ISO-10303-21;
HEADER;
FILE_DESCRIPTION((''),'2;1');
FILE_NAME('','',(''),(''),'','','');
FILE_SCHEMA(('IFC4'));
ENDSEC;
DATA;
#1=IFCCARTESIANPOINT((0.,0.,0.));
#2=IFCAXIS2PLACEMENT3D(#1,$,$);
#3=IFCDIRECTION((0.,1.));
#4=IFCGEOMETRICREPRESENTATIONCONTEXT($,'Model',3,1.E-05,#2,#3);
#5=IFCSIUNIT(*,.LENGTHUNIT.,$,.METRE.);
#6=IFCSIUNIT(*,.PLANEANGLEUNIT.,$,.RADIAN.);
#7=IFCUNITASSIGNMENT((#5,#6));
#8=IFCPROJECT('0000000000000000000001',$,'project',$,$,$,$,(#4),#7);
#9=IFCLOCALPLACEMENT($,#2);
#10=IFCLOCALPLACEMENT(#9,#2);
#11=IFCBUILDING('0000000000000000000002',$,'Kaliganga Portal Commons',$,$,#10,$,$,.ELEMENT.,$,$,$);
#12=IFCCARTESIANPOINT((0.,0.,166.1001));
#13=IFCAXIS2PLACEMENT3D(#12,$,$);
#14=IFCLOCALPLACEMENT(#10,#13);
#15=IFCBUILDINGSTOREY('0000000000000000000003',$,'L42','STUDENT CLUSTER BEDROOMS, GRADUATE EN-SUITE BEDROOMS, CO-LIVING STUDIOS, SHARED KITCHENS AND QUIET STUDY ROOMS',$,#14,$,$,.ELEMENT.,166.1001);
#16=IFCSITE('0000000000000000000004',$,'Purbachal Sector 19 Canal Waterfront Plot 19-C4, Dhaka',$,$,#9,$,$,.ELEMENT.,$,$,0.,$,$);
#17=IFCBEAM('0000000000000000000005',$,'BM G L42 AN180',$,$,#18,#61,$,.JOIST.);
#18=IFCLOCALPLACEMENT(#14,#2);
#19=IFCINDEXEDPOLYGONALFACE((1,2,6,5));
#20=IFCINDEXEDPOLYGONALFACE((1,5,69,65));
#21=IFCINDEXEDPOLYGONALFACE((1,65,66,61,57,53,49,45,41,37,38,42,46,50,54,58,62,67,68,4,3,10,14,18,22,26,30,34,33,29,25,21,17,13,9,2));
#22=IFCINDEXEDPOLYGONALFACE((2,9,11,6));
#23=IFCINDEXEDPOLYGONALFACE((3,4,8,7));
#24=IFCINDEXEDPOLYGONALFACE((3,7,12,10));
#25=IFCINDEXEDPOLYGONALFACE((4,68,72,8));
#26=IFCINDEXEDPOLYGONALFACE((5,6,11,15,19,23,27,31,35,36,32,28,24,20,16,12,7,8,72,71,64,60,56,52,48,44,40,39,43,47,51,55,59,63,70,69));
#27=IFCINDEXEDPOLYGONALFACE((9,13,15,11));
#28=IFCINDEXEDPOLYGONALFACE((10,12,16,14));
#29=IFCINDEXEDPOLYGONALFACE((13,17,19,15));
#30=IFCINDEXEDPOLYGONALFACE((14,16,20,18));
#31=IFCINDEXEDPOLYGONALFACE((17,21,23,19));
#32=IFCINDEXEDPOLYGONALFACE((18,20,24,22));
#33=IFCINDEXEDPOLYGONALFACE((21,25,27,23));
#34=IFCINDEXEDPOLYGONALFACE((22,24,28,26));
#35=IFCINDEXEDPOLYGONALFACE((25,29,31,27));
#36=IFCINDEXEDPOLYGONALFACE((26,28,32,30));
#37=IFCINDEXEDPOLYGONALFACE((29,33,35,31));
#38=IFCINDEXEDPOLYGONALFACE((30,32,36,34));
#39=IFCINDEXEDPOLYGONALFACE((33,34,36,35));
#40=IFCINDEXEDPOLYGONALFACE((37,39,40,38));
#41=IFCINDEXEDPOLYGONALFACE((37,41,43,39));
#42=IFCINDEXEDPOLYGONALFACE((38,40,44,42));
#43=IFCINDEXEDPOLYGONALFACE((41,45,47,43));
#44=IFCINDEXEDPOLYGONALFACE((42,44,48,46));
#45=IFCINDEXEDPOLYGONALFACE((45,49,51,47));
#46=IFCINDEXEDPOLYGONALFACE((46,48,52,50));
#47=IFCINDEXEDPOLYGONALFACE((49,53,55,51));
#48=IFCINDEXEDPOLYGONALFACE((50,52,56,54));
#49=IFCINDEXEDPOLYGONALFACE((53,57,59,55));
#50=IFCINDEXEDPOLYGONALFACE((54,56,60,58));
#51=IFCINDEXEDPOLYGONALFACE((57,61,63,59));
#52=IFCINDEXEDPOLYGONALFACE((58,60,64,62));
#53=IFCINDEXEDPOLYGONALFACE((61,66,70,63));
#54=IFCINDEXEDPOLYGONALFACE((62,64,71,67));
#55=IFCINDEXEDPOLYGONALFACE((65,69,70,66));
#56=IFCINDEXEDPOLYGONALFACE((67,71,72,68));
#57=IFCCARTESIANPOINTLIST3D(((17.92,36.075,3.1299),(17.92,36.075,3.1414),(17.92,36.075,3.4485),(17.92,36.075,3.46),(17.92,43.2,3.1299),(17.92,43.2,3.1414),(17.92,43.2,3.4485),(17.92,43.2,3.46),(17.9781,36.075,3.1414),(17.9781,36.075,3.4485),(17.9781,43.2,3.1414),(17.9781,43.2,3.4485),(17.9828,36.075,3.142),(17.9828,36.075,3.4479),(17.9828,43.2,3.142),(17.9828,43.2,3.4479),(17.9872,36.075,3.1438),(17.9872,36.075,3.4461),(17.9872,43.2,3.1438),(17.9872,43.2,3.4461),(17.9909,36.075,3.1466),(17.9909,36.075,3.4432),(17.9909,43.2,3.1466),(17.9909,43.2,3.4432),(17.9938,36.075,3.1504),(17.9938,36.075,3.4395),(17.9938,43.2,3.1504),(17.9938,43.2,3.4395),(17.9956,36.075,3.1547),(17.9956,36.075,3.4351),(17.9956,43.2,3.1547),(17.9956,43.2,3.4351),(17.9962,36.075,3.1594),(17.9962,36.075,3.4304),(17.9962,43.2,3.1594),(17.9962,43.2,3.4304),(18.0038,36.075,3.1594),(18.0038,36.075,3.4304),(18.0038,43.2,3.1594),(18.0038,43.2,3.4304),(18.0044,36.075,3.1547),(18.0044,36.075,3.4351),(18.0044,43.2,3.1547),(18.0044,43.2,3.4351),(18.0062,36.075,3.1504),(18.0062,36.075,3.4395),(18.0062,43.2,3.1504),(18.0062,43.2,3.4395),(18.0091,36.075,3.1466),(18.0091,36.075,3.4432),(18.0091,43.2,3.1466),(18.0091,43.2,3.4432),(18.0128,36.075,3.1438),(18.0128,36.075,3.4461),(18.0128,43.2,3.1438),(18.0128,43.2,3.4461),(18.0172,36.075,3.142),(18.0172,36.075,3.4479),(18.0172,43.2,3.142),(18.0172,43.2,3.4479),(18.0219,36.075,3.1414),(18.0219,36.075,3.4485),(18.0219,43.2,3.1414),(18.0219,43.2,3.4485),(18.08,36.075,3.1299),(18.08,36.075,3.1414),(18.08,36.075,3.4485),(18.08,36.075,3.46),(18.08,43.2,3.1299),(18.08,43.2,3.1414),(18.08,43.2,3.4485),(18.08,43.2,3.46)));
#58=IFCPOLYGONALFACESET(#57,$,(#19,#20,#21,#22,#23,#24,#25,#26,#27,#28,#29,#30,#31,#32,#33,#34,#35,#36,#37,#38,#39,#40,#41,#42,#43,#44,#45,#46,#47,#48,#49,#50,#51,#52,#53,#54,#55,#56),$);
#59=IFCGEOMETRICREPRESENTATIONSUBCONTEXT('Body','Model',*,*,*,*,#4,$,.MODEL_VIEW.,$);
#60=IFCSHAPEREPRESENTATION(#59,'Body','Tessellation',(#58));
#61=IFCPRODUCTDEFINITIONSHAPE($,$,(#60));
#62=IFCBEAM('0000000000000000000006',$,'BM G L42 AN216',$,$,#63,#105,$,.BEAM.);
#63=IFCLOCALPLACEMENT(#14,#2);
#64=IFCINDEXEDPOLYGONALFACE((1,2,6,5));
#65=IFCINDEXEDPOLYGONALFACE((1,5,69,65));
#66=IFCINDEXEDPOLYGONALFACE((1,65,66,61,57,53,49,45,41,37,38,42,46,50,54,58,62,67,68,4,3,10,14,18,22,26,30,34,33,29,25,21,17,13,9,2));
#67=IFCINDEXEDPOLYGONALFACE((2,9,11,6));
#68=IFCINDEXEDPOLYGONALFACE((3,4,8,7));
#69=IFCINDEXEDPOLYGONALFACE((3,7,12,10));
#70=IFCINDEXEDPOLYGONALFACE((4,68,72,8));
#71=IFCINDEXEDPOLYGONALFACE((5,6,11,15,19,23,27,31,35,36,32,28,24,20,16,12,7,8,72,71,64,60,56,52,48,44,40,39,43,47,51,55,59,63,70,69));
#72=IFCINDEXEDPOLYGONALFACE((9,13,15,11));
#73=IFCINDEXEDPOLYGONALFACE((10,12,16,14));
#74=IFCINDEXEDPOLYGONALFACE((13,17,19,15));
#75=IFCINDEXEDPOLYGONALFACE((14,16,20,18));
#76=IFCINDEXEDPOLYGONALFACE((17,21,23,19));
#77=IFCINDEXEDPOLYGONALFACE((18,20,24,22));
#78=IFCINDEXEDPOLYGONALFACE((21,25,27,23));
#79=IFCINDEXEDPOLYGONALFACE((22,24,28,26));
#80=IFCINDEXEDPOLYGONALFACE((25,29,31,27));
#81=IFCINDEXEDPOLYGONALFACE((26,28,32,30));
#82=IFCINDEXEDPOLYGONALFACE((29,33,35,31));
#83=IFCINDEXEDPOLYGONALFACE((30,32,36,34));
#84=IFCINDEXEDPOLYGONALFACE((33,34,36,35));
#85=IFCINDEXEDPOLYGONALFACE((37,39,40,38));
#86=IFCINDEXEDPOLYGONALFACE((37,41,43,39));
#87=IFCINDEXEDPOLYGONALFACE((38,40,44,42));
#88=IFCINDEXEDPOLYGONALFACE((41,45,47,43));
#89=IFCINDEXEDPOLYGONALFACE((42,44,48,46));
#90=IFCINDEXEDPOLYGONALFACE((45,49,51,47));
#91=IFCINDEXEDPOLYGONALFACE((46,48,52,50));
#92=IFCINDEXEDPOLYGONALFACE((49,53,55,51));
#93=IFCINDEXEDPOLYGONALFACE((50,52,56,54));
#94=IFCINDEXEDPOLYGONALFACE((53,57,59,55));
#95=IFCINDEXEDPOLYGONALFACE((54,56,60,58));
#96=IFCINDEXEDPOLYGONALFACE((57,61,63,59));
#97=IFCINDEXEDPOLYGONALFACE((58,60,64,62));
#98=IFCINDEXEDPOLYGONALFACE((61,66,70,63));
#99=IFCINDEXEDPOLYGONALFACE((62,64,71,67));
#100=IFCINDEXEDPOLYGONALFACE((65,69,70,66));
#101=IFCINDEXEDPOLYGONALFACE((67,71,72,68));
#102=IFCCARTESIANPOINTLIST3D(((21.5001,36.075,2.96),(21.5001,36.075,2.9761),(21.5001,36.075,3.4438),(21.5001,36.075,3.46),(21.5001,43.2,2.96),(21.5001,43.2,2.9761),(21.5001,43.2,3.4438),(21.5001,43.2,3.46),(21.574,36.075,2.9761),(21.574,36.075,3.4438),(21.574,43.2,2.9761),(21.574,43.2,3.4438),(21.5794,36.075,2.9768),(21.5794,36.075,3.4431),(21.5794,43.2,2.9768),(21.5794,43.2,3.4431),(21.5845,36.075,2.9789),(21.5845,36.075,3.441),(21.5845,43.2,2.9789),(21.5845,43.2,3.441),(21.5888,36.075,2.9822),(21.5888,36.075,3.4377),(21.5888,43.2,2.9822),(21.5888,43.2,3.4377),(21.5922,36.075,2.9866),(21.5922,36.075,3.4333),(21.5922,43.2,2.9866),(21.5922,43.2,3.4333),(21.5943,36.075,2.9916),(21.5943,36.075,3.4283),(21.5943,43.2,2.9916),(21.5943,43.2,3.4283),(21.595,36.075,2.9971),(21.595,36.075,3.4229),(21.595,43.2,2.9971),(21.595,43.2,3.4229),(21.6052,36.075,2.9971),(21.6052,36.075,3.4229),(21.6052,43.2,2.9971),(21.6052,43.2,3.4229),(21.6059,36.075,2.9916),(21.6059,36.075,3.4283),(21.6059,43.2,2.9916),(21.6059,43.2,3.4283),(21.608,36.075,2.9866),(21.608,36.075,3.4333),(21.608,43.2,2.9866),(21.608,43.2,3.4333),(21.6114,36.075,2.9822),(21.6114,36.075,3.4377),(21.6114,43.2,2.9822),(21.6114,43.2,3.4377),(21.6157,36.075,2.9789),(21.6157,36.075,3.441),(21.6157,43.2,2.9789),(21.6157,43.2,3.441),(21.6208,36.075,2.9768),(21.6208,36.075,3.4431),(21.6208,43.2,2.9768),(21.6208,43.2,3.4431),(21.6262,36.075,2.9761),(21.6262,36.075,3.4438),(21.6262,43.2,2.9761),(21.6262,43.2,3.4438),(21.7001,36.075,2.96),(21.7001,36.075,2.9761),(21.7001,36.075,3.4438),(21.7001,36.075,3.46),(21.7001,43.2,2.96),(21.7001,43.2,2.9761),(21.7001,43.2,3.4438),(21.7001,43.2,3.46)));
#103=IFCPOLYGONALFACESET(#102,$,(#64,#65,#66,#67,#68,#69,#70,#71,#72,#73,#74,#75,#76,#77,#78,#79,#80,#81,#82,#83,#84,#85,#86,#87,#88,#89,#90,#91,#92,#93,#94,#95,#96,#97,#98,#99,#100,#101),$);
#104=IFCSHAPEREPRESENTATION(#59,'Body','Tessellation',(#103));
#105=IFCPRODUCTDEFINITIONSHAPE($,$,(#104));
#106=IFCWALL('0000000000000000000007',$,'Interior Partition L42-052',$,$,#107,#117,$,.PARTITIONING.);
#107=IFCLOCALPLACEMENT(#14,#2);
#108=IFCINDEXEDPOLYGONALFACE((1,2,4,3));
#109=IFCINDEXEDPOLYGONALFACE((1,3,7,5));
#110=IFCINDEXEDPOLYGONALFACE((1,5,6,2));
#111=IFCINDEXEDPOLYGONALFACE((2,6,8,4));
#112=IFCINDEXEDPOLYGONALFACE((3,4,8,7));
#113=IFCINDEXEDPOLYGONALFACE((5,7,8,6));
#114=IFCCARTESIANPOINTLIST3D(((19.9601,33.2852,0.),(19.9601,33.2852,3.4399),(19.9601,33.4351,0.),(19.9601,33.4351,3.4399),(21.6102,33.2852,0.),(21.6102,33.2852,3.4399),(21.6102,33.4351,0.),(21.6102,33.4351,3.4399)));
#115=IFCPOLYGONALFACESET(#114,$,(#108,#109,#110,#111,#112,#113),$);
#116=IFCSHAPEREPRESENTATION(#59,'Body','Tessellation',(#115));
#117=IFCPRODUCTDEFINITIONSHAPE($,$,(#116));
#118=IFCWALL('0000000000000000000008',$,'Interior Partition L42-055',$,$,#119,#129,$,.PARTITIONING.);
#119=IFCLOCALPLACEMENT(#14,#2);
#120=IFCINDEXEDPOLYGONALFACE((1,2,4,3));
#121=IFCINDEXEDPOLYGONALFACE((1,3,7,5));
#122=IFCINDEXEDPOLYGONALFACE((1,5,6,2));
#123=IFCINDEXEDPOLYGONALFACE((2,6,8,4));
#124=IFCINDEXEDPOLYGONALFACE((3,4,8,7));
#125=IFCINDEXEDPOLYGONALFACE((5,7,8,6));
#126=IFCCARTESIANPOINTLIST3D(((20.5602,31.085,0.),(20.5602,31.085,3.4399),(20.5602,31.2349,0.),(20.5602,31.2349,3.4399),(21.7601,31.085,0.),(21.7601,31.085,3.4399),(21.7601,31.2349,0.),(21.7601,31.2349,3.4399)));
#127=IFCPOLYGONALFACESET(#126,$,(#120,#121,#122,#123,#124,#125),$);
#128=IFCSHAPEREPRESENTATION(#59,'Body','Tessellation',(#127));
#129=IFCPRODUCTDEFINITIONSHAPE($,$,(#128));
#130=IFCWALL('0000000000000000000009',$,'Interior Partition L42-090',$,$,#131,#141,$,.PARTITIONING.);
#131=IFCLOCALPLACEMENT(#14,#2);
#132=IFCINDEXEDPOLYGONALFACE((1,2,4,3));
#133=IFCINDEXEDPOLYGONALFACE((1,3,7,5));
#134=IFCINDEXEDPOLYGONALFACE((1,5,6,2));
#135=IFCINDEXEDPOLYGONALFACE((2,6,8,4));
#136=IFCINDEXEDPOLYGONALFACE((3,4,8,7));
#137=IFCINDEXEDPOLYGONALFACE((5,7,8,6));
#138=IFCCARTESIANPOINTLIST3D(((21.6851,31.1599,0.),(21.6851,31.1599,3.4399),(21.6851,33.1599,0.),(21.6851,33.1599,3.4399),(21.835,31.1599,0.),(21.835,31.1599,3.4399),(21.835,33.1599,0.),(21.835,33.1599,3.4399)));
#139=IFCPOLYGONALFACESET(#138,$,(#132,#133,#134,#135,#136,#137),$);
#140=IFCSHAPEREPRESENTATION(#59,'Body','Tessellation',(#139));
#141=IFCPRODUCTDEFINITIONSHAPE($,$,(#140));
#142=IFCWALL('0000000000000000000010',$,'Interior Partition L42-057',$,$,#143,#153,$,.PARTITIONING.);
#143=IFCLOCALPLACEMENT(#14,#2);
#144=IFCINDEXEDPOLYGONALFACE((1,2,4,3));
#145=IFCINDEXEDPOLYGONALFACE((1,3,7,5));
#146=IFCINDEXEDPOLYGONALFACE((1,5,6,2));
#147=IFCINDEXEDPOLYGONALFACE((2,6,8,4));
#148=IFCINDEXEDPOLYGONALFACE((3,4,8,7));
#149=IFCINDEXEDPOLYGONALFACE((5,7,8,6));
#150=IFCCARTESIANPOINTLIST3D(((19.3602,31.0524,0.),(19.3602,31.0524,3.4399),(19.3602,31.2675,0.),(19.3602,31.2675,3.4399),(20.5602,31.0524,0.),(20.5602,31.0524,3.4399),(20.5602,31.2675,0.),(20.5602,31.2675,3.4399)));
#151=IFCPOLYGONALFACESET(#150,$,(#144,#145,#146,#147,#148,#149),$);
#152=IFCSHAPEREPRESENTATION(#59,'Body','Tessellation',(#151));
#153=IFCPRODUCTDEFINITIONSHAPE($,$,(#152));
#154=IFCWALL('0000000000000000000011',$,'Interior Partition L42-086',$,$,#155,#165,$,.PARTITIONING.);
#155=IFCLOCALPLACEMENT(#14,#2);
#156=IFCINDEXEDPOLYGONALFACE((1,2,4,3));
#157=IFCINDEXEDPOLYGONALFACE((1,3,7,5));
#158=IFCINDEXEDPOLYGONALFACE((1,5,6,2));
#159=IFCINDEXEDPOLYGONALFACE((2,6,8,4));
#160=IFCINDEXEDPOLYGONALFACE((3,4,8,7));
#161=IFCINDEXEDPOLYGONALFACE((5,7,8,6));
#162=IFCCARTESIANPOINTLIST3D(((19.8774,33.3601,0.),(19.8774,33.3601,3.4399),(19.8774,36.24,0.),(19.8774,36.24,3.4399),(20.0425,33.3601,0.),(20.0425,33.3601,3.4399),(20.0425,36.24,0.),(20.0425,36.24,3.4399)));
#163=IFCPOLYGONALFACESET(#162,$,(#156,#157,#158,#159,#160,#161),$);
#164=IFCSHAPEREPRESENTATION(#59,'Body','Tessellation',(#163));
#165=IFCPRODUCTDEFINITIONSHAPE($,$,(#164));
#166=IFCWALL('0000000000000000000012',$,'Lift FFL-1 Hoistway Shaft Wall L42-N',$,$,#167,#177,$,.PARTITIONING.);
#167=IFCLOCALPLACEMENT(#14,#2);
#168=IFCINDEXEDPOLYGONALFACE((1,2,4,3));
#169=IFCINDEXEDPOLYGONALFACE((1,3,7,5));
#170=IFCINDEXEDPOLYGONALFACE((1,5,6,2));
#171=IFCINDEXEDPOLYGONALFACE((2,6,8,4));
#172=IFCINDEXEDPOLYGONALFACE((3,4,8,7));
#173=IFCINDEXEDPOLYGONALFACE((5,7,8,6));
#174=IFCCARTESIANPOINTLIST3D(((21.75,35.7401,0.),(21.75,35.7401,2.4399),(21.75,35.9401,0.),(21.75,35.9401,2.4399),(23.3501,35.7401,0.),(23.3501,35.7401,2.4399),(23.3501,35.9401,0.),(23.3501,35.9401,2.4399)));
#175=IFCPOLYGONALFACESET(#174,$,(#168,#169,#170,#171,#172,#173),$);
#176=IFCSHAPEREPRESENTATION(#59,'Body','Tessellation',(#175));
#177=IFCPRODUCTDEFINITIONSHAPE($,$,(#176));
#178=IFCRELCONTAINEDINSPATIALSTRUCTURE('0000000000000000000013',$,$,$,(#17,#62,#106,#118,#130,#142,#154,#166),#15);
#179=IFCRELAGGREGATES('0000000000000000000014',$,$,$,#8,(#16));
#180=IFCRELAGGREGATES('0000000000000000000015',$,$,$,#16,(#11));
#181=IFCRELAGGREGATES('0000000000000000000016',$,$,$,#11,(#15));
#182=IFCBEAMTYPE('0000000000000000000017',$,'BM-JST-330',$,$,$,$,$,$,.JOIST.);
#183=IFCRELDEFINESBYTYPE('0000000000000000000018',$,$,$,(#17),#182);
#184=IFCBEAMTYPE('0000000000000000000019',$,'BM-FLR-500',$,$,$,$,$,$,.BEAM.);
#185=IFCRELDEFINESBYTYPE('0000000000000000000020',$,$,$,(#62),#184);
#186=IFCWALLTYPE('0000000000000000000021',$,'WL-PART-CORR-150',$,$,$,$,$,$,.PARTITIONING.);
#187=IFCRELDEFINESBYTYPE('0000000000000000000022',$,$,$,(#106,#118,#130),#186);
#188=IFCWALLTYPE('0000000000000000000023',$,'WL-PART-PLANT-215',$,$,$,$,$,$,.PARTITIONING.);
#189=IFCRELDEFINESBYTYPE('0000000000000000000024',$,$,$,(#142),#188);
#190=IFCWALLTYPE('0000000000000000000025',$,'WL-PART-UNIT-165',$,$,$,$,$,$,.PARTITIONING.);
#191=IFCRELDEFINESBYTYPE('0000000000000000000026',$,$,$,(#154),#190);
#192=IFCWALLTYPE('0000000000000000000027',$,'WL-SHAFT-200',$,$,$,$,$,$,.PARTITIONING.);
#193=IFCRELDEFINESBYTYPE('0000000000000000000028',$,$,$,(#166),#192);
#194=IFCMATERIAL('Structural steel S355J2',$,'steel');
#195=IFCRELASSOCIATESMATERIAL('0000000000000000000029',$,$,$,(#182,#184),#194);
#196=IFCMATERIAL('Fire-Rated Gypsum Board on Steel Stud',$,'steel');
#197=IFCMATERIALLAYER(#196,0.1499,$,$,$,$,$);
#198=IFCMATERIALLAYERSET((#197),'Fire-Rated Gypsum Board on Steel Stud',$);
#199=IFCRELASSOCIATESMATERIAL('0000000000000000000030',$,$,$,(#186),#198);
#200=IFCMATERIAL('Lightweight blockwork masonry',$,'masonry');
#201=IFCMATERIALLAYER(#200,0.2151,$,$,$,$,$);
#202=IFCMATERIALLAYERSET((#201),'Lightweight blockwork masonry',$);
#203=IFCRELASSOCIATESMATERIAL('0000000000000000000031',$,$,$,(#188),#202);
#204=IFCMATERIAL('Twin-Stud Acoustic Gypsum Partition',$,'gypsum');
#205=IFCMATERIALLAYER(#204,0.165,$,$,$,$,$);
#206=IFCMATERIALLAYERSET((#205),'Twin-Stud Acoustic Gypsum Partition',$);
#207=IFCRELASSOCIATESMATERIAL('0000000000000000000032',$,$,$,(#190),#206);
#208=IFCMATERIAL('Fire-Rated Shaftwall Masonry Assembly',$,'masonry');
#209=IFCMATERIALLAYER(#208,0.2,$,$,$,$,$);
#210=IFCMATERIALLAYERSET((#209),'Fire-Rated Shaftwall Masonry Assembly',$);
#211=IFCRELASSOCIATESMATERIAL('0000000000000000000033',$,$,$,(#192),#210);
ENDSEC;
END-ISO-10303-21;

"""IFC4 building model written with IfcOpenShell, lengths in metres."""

from ifc_helpers import new_model, si_unit, direction, frame, frame_2d, origin, origin_2d, place, context, subcontext, project, spatial, rectangle, i_section, extrude, source, transform, mapped, material, layer, layer_set, material_profile, profile_set, type_object, element, save


model = new_model("IFC4")

# Units and contexts
model_context = context("Model", 3, precision=1e-05, world=origin(), true_north=direction((0.0, 1.0)))
body_context = subcontext(model_context, "Body", "Model", "MODEL_VIEW")
ifc_project = project(units=[si_unit("LENGTHUNIT", "METRE"), si_unit("PLANEANGLEUNIT", "RADIAN")], contexts=[model_context])

# Site, building, storey
site_placement = place(None, origin())
site = spatial("IfcSite", under=ifc_project, at=site_placement, Name="Purbachal Sector 19 Canal Waterfront Plot 19-C4, Dhaka", CompositionType="ELEMENT", RefElevation=0.0)
building_placement = place(site_placement, origin())
building = spatial("IfcBuilding", under=site, at=building_placement, Name="Kaliganga Portal Commons", CompositionType="ELEMENT")
storey_placement = place(building_placement, frame((0.0, 0.0, 166.1001)))
storey = spatial("IfcBuildingStorey", under=building, at=storey_placement, Name="L42", Description="STUDENT CLUSTER BEDROOMS, GRADUATE EN-SUITE BEDROOMS, CO-LIVING STUDIOS, SHARED KITCHENS AND QUIET STUDY ROOMS", CompositionType="ELEMENT", Elevation=166.1001)

# Beams
ifc_material_1 = material(Name="Structural steel S355J2", Category="steel")
ifc_material_profile_1 = material_profile(ifc_material_1, i_section(OverallWidth=0.1599, OverallDepth=0.3301, WebThickness=0.0076, FlangeThickness=0.0115, FilletRadius=0.0181, at=origin_2d()), Name="IPE 330")
ifc_profile_set_1 = profile_set([ifc_material_profile_1], Name="Structural steel S355J2 wide-flange")
beam_type_1 = type_object("IfcBeamType", Name="BM-JST-330", PredefinedType="JOIST", material=ifc_profile_set_1)
shared_shape_1 = source(origin(), body_context, "Body", "SweptSolid", [
    extrude(i_section(OverallWidth=0.1599, OverallDepth=0.3301, WebThickness=0.0076, FlangeThickness=0.0115, FilletRadius=0.0181, at=origin_2d()), origin(), (0.0, 0.0, 1.0), 7.125),
])
beam_1_placement = place(storey_placement, frame((18.0, 36.075, 3.2949), z_axis=(0.0, 1.0, 0.0), x_axis=(-1.0, 0.0, 0.0)))
element("IfcBeam", 1, at=beam_1_placement, inside=storey, type_object=beam_type_1, Name="BM G L42 AN180", PredefinedType="JOIST", context=body_context, shape_type="MappedRepresentation", body=[
    mapped(shared_shape_1, transform((0.0, 0.0, 0.0), x_axis=(1.0, 0.0, 0.0), y_axis=(0.0, 1.0, 0.0), z_axis=(0.0, 0.0, 1.0), scale=1.0)),
])
ifc_material_profile_2 = material_profile(ifc_material_1, i_section(OverallWidth=0.2, OverallDepth=0.5, WebThickness=0.0103, FlangeThickness=0.0161, FilletRadius=0.021, at=origin_2d()), Name="IPE 500")
ifc_profile_set_2 = profile_set([ifc_material_profile_2], Name="Structural steel S355J2 wide-flange")
beam_type_2 = type_object("IfcBeamType", Name="BM-FLR-500", PredefinedType="BEAM", material=ifc_profile_set_2)
shared_shape_2 = source(origin(), body_context, "Body", "SweptSolid", [
    extrude(i_section(OverallWidth=0.2, OverallDepth=0.5, WebThickness=0.0103, FlangeThickness=0.0161, FilletRadius=0.021, at=origin_2d()), origin(), (0.0, 0.0, 1.0), 7.125),
])
beam_2_placement = place(storey_placement, frame((21.6001, 36.075, 3.21), z_axis=(0.0, 1.0, 0.0), x_axis=(-1.0, 0.0, 0.0)))
element("IfcBeam", 2, at=beam_2_placement, inside=storey, type_object=beam_type_2, Name="BM G L42 AN216", PredefinedType="BEAM", context=body_context, shape_type="MappedRepresentation", body=[
    mapped(shared_shape_2, transform((0.0, 0.0, 0.0), x_axis=(1.0, 0.0, 0.0), y_axis=(0.0, 1.0, 0.0), z_axis=(0.0, 0.0, 1.0), scale=1.0)),
])

# Walls
ifc_material_2 = material(Name="Fire-Rated Gypsum Board on Steel Stud", Category="steel")
ifc_layer_1 = layer(ifc_material_2, 0.1499)
ifc_layer_set_1 = layer_set([ifc_layer_1], Name="Fire-Rated Gypsum Board on Steel Stud")
wall_type_1 = type_object("IfcWallType", Name="WL-PART-CORR-150", PredefinedType="PARTITIONING", material=ifc_layer_set_1)
wall_1_placement = place(storey_placement, frame((19.96, 33.3601, 0.0), z_axis=(0.0, 0.0, 1.0), x_axis=(1.0, 0.0, 0.0)))
element("IfcWall", 3, at=wall_1_placement, inside=storey, type_object=wall_type_1, Name="Interior Partition L42-052", PredefinedType="PARTITIONING", context=body_context, shape_type="SweptSolid", body=[
    extrude(rectangle(XDim=1.6501, YDim=0.1499, at=frame_2d((0.8252, 0.0))), origin(), (0.0, 0.0, 1.0), 3.4399),
])
wall_2_placement = place(storey_placement, frame((20.5601, 31.1599, 0.0), z_axis=(0.0, 0.0, 1.0), x_axis=(1.0, 0.0, 0.0)))
element("IfcWall", 4, at=wall_2_placement, inside=storey, type_object=wall_type_1, Name="Interior Partition L42-055", PredefinedType="PARTITIONING", context=body_context, shape_type="SweptSolid", body=[
    extrude(rectangle(XDim=1.2, YDim=0.1499, at=frame_2d((0.6001, 0.0))), origin(), (0.0, 0.0, 1.0), 3.4399),
])
wall_3_placement = place(storey_placement, frame((21.76, 31.1599, 0.0), z_axis=(0.0, 0.0, 1.0), x_axis=(0.0, 1.0, 0.0)))
element("IfcWall", 5, at=wall_3_placement, inside=storey, type_object=wall_type_1, Name="Interior Partition L42-090", PredefinedType="PARTITIONING", context=body_context, shape_type="SweptSolid", body=[
    extrude(rectangle(XDim=2.0, YDim=0.1499, at=frame_2d((1.0, 0.0))), origin(), (0.0, 0.0, 1.0), 3.4399),
])
ifc_material_3 = material(Name="Lightweight blockwork masonry", Category="masonry")
ifc_layer_2 = layer(ifc_material_3, 0.2151)
ifc_layer_set_2 = layer_set([ifc_layer_2], Name="Lightweight blockwork masonry")
wall_type_2 = type_object("IfcWallType", Name="WL-PART-PLANT-215", PredefinedType="PARTITIONING", material=ifc_layer_set_2)
wall_4_placement = place(storey_placement, frame((19.3601, 31.1599, 0.0), z_axis=(0.0, 0.0, 1.0), x_axis=(1.0, 0.0, 0.0)))
element("IfcWall", 6, at=wall_4_placement, inside=storey, type_object=wall_type_2, Name="Interior Partition L42-057", PredefinedType="PARTITIONING", context=body_context, shape_type="SweptSolid", body=[
    extrude(rectangle(XDim=1.2, YDim=0.2151, at=frame_2d((0.6001, 0.0))), origin(), (0.0, 0.0, 1.0), 3.4399),
])
ifc_material_4 = material(Name="Twin-Stud Acoustic Gypsum Partition", Category="gypsum")
ifc_layer_3 = layer(ifc_material_4, 0.165)
ifc_layer_set_3 = layer_set([ifc_layer_3], Name="Twin-Stud Acoustic Gypsum Partition")
wall_type_3 = type_object("IfcWallType", Name="WL-PART-UNIT-165", PredefinedType="PARTITIONING", material=ifc_layer_set_3)
wall_5_placement = place(storey_placement, frame((19.96, 33.3601, 0.0), z_axis=(0.0, 0.0, 1.0), x_axis=(0.0, 1.0, 0.0)))
element("IfcWall", 7, at=wall_5_placement, inside=storey, type_object=wall_type_3, Name="Interior Partition L42-086", PredefinedType="PARTITIONING", context=body_context, shape_type="SweptSolid", body=[
    extrude(rectangle(XDim=2.8799, YDim=0.165, at=frame_2d((1.4399, 0.0))), origin(), (0.0, 0.0, 1.0), 3.4399),
])

# Shared definitions
ifc_material_5 = material(Name="Fire-Rated Shaftwall Masonry Assembly", Category="masonry")
ifc_layer_4 = layer(ifc_material_5, 0.2)
ifc_layer_set_4 = layer_set([ifc_layer_4], Name="Fire-Rated Shaftwall Masonry Assembly")
wall_type_4 = type_object("IfcWallType", Name="WL-SHAFT-200", PredefinedType="PARTITIONING", material=ifc_layer_set_4)

# Wall
wall_6_placement = place(storey_placement, frame((21.75, 35.8401, 0.0), z_axis=(0.0, 0.0, 1.0), x_axis=(1.0, 0.0, 0.0)))
element("IfcWall", 8, at=wall_6_placement, inside=storey, type_object=wall_type_4, Name="Lift FFL-1 Hoistway Shaft Wall L42-N", PredefinedType="PARTITIONING", context=body_context, shape_type="SweptSolid", body=[
    extrude(rectangle(XDim=1.6001, YDim=0.2, at=frame_2d((0.8, 0.0))), origin(), (0.0, 0.0, 1.0), 2.4399),
])

save(model, "model.ifc")
